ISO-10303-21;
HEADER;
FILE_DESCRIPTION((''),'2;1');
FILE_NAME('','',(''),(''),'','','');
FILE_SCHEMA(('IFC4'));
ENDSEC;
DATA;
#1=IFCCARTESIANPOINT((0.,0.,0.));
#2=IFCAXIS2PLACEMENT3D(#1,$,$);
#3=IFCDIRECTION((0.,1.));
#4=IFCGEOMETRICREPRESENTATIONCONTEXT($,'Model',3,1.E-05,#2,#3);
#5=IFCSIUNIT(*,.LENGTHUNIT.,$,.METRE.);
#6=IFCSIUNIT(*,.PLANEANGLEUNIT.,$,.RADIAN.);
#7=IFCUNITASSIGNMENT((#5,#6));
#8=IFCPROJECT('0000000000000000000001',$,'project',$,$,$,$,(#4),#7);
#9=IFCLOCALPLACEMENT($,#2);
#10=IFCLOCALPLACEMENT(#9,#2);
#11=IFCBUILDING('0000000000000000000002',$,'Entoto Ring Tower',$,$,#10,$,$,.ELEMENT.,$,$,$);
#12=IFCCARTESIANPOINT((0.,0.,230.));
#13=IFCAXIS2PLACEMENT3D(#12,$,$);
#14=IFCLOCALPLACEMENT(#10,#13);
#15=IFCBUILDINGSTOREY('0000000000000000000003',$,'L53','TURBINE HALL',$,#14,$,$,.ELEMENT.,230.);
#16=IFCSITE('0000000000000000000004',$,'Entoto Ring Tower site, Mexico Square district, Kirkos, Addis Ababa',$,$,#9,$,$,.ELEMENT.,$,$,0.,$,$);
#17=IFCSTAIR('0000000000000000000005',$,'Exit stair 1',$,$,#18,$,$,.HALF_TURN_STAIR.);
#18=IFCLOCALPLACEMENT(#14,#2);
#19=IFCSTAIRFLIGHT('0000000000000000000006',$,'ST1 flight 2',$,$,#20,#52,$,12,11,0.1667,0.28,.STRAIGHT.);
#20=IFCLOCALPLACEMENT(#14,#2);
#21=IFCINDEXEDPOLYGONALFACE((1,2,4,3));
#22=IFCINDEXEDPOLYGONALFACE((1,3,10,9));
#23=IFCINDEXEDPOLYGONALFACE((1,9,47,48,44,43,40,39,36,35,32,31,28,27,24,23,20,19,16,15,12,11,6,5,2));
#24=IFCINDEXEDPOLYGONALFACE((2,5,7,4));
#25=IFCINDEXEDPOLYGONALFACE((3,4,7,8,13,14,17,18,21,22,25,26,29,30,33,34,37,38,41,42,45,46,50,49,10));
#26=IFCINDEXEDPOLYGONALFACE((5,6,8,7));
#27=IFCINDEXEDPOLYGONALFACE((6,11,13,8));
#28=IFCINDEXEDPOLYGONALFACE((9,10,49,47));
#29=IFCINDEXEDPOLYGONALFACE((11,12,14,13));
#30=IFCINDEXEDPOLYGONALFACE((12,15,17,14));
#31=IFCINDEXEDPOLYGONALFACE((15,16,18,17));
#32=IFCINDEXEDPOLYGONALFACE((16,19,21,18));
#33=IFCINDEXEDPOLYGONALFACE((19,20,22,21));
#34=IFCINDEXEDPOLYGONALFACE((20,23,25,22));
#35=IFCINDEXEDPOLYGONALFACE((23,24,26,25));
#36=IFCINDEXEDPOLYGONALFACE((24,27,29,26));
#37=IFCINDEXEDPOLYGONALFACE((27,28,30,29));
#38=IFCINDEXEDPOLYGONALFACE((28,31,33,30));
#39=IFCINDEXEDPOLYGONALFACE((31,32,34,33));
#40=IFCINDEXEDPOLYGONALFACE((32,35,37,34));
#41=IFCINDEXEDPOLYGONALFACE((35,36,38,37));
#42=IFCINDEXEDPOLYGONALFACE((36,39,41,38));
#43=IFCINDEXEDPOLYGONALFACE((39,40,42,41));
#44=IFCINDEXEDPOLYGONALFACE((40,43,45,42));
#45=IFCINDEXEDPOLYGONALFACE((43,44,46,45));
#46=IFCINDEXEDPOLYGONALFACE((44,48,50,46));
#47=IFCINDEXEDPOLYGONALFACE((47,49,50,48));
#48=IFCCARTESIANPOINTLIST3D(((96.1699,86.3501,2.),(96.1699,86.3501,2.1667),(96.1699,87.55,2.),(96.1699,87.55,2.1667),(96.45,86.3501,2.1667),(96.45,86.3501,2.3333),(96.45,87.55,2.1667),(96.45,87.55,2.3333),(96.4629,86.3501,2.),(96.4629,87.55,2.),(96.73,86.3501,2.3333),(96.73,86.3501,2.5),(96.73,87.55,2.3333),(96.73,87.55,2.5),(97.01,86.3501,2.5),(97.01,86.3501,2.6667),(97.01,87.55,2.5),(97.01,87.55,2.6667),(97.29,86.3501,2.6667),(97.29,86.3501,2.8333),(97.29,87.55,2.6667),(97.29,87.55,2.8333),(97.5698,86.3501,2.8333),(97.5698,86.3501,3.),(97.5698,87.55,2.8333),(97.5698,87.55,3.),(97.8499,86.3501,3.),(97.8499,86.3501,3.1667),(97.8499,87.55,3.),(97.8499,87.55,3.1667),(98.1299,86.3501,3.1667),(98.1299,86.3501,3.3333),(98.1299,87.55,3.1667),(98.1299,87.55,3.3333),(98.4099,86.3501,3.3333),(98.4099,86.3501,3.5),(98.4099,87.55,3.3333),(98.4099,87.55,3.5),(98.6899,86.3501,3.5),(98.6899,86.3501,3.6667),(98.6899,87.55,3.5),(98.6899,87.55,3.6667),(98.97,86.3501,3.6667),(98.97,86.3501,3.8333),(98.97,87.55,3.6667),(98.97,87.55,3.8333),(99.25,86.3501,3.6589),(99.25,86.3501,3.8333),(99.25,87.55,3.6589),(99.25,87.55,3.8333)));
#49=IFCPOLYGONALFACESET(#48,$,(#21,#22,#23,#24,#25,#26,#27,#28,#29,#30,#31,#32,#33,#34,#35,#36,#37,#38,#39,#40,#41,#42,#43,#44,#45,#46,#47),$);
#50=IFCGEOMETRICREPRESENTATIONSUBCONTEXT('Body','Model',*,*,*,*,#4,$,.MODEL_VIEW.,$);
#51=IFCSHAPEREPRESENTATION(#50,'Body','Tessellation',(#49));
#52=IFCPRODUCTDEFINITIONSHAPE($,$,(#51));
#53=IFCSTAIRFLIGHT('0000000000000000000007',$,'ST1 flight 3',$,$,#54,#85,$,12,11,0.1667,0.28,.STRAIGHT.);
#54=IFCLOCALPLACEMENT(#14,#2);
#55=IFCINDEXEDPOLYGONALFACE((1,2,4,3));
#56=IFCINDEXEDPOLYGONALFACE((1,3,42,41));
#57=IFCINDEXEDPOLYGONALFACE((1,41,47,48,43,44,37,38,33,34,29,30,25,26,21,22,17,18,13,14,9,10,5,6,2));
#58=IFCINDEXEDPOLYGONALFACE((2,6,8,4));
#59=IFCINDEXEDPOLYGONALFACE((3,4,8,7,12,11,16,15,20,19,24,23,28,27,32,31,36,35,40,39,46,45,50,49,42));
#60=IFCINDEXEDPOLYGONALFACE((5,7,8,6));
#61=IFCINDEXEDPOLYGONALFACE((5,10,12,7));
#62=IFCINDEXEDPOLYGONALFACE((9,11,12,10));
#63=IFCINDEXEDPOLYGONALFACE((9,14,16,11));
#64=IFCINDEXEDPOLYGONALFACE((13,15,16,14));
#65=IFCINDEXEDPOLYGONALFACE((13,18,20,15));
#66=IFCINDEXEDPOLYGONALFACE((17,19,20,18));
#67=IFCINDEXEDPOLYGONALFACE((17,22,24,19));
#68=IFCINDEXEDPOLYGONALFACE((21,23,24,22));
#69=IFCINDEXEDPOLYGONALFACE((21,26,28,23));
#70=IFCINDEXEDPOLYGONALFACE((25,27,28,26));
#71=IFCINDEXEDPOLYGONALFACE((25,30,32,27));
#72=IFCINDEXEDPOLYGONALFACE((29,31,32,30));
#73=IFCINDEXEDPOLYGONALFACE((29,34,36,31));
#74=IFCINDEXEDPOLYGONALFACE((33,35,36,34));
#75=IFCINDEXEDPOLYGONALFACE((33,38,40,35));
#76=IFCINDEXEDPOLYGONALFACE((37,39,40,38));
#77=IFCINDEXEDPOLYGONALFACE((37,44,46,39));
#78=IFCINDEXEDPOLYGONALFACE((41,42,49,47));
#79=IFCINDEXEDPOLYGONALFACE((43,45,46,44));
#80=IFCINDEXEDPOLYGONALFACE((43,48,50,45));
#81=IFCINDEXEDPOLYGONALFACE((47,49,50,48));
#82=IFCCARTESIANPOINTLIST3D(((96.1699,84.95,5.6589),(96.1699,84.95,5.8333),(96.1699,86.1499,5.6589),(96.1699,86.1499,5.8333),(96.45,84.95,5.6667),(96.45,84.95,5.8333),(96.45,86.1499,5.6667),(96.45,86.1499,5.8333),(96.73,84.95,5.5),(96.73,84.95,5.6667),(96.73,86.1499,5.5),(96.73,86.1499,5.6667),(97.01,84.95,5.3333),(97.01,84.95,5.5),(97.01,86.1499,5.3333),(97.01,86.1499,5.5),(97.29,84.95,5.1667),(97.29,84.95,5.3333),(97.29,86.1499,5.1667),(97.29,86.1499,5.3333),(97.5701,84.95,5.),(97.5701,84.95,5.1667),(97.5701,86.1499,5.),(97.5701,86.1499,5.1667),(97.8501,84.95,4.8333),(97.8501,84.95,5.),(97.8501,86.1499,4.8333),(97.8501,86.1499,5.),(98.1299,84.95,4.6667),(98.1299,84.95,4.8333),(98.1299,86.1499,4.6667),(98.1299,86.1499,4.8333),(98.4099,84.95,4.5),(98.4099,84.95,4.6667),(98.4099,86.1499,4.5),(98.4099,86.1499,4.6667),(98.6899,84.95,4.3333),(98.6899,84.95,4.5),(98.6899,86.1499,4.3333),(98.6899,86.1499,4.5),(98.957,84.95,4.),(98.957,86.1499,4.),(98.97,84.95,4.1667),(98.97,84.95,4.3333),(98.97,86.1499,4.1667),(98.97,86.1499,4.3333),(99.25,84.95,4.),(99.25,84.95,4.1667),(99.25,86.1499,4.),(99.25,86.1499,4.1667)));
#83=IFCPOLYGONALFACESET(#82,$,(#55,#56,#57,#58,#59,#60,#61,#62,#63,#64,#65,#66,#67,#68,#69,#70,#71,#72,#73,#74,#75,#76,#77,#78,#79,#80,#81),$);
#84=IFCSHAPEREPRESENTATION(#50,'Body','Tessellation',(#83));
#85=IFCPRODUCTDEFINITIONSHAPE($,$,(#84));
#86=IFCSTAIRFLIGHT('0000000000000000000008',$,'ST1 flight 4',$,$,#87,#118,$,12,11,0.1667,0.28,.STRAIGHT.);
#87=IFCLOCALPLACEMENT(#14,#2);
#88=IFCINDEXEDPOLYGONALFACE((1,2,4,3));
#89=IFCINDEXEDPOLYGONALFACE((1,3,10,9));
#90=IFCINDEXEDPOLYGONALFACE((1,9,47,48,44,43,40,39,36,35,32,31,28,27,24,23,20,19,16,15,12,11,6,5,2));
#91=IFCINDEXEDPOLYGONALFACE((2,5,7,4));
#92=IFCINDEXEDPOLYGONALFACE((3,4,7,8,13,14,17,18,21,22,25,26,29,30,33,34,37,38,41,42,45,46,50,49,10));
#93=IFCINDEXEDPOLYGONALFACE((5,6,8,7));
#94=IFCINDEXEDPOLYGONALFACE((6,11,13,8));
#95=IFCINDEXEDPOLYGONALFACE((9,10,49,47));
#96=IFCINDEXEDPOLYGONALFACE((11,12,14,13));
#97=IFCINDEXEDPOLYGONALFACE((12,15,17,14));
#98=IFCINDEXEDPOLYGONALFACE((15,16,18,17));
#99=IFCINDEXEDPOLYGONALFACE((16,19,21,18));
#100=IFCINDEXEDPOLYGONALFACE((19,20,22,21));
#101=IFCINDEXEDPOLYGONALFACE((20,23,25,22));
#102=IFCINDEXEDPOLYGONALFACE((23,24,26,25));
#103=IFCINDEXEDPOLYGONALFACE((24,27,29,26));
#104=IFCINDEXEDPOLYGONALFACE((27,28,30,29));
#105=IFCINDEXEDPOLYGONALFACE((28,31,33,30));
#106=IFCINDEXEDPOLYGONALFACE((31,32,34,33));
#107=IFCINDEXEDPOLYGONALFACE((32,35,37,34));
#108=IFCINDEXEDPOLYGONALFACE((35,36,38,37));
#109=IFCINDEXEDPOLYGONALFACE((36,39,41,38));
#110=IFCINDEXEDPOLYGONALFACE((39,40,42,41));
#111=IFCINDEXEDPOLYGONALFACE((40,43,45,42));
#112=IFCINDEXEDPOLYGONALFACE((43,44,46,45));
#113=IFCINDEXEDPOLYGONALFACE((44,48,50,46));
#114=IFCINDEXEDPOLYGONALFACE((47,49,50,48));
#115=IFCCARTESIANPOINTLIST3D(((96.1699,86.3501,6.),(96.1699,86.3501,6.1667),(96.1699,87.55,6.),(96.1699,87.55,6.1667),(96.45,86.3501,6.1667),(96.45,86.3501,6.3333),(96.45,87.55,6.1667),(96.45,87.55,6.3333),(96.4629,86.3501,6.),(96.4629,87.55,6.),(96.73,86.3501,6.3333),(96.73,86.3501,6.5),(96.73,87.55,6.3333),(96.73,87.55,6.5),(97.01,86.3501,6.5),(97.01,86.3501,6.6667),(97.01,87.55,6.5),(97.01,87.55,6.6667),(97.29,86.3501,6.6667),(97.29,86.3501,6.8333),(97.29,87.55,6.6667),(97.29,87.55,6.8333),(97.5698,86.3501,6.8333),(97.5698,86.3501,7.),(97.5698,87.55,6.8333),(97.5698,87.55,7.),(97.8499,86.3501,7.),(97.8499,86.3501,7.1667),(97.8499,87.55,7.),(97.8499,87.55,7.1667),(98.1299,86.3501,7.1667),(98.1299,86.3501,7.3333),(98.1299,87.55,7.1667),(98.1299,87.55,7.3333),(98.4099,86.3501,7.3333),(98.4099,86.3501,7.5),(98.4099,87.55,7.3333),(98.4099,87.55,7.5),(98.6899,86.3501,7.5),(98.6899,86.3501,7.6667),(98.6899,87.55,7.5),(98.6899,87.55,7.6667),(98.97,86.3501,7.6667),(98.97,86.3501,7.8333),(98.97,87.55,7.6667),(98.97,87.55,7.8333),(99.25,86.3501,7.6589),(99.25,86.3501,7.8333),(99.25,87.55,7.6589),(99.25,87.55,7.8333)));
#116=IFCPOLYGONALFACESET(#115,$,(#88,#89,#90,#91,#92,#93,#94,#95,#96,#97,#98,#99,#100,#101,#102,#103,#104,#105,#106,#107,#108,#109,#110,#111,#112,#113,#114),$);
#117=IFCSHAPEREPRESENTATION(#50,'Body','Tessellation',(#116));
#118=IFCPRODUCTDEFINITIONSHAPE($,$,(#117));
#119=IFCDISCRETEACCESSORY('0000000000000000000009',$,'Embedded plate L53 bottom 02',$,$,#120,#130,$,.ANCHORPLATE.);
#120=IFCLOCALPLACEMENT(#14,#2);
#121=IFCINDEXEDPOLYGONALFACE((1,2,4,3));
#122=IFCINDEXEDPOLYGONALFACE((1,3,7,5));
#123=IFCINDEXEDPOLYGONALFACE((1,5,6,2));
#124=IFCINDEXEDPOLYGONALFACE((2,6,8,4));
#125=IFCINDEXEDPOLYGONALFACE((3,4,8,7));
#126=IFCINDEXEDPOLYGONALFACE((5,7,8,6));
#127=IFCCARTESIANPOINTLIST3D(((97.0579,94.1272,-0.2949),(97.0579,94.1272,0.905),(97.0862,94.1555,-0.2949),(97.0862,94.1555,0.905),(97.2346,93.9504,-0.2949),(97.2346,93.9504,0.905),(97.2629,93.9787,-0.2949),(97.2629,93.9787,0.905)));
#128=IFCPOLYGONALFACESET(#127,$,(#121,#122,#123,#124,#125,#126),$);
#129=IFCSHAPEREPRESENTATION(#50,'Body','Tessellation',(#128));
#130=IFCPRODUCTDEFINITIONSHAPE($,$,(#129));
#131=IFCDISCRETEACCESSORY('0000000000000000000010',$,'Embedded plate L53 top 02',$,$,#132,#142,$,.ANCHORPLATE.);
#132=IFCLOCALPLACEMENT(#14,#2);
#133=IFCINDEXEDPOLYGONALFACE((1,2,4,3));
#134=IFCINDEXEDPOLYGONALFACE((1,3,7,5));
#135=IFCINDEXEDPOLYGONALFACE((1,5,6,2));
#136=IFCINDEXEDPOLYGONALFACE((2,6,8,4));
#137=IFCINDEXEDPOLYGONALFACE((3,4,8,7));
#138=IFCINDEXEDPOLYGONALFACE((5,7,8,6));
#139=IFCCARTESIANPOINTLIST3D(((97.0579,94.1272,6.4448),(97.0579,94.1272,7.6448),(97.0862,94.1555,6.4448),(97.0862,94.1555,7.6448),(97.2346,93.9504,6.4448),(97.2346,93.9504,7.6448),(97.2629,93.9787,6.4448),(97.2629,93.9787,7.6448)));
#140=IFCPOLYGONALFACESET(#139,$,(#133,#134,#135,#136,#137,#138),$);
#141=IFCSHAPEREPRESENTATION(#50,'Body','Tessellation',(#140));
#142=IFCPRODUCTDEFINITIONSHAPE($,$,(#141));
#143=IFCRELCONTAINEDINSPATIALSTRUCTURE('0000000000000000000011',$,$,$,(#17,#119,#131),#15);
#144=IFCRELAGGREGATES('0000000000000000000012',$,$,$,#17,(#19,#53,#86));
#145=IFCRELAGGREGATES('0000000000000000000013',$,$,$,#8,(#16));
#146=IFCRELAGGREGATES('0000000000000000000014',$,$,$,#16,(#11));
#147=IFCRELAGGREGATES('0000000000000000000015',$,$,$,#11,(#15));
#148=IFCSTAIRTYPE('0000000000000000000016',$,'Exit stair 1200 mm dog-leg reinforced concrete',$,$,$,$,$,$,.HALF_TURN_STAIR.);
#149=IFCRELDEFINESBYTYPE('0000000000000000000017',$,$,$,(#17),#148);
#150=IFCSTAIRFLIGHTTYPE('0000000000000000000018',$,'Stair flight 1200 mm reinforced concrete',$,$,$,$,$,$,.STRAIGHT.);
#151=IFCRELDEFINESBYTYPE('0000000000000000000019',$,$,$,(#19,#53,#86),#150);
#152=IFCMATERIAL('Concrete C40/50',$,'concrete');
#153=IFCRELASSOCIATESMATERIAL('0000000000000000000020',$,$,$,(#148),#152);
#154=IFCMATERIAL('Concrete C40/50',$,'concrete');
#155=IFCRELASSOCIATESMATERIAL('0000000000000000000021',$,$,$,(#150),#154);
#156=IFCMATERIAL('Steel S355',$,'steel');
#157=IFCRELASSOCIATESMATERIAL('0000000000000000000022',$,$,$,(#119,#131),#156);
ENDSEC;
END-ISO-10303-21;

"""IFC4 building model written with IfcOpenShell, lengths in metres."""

from ifc_helpers import new_model, si_unit, direction, frame, origin, origin_2d, place, context, subcontext, project, spatial, polyline, rectangle, outline, extrude, material, type_object, element, aggregate, save


model = new_model("IFC4")

# Units and contexts
model_context = context("Model", 3, precision=1e-05, world=origin(), true_north=direction((0.0, 1.0)))
body_context = subcontext(model_context, "Body", "Model", "MODEL_VIEW")
ifc_project = project(units=[si_unit("LENGTHUNIT", "METRE"), si_unit("PLANEANGLEUNIT", "RADIAN")], contexts=[model_context])

# Site, building, storey
site_placement = place(None, origin())
site = spatial("IfcSite", under=ifc_project, at=site_placement, Name="Entoto Ring Tower site, Mexico Square district, Kirkos, Addis Ababa", CompositionType="ELEMENT", RefElevation=0.0)
building_placement = place(site_placement, origin())
building = spatial("IfcBuilding", under=site, at=building_placement, Name="Entoto Ring Tower", CompositionType="ELEMENT")
storey_placement = place(building_placement, frame((0.0, 0.0, 230.0)))
storey = spatial("IfcBuildingStorey", under=building, at=storey_placement, Name="L53", Description="TURBINE HALL", CompositionType="ELEMENT", Elevation=230.0)

# Stair, stair flights
ifc_material_1 = material(Name="Concrete C40/50", Category="concrete")
stair_type = type_object("IfcStairType", Name="Exit stair 1200 mm dog-leg reinforced concrete", PredefinedType="HALF_TURN_STAIR", material=ifc_material_1)
stair_placement = place(storey_placement, origin())
stair = element("IfcStair", 1, at=stair_placement, inside=storey, type_object=stair_type, Name="Exit stair 1", PredefinedType="HALF_TURN_STAIR")
ifc_material_2 = material(Name="Concrete C40/50", Category="concrete")
stair_flight_type = type_object("IfcStairFlightType", Name="Stair flight 1200 mm reinforced concrete", PredefinedType="STRAIGHT", material=ifc_material_2)
stair_flight_1_placement = place(storey_placement, frame((96.1699, 86.95, 2.0), z_axis=(0.0, 0.0, 1.0), x_axis=(1.0, 0.0, 0.0)))
stair_flight_1 = element("IfcStairFlight", 2, at=stair_flight_1_placement, type_object=stair_flight_type, Name="ST1 flight 2", NumberOfRisers=12, NumberOfTreads=11, PredefinedType="STRAIGHT", RiserHeight=0.1667, TreadLength=0.28, context=body_context, shape_type="SweptSolid", body=[
    extrude(outline(polyline([(0.0, 0.0), (0.0, 0.1667), (0.28, 0.1667), (0.28, 0.3333), (0.5601, 0.3333), (0.5601, 0.5), (0.8401, 0.5), (0.8401, 0.6667), (1.1201, 0.6667), (1.1201, 0.8333), (1.3999, 0.8333), (1.3999, 1.0), (1.6799, 1.0), (1.6799, 1.1667), (1.96, 1.1667), (1.96, 1.3333), (2.24, 1.3333), (2.24, 1.5), (2.52, 1.5), (2.52, 1.6667), (2.8, 1.6667), (2.8, 1.8333), (3.0801, 1.8333), (3.0801, 2.0), (3.0801, 1.6589), (0.293, 0.0), (0.0, 0.0)])), frame((0.0, 0.6001, 0.0), z_axis=(0.0, -1.0, 0.0), x_axis=(1.0, 0.0, 0.0)), (0.0, 0.0, 1.0), 1.2),
])
stair_flight_2_placement = place(storey_placement, frame((99.25, 85.55, 4.0), z_axis=(0.0, 0.0, 1.0), x_axis=(-1.0, 0.0, 0.0)))
stair_flight_2 = element("IfcStairFlight", 3, at=stair_flight_2_placement, type_object=stair_flight_type, Name="ST1 flight 3", NumberOfRisers=12, NumberOfTreads=11, PredefinedType="STRAIGHT", RiserHeight=0.1667, TreadLength=0.28, context=body_context, shape_type="SweptSolid", body=[
    extrude(outline(polyline([(0.0, 0.0), (0.0, 0.1667), (0.28, 0.1667), (0.28, 0.3333), (0.5601, 0.3333), (0.5601, 0.5), (0.8401, 0.5), (0.8401, 0.6667), (1.1201, 0.6667), (1.1201, 0.8333), (1.3999, 0.8333), (1.3999, 1.0), (1.6799, 1.0), (1.6799, 1.1667), (1.96, 1.1667), (1.96, 1.3333), (2.24, 1.3333), (2.24, 1.5), (2.52, 1.5), (2.52, 1.6667), (2.8, 1.6667), (2.8, 1.8333), (3.0801, 1.8333), (3.0801, 2.0), (3.0801, 1.6589), (0.293, 0.0), (0.0, 0.0)])), frame((0.0, 0.6001, 0.0), z_axis=(0.0, -1.0, 0.0), x_axis=(1.0, 0.0, 0.0)), (0.0, 0.0, 1.0), 1.2),
])
stair_flight_3_placement = place(storey_placement, frame((96.1699, 86.95, 6.0), z_axis=(0.0, 0.0, 1.0), x_axis=(1.0, 0.0, 0.0)))
stair_flight_3 = element("IfcStairFlight", 4, at=stair_flight_3_placement, type_object=stair_flight_type, Name="ST1 flight 4", NumberOfRisers=12, NumberOfTreads=11, PredefinedType="STRAIGHT", RiserHeight=0.1667, TreadLength=0.28, context=body_context, shape_type="SweptSolid", body=[
    extrude(outline(polyline([(0.0, 0.0), (0.0, 0.1667), (0.28, 0.1667), (0.28, 0.3333), (0.5601, 0.3333), (0.5601, 0.5), (0.8401, 0.5), (0.8401, 0.6667), (1.1201, 0.6667), (1.1201, 0.8333), (1.3999, 0.8333), (1.3999, 1.0), (1.6799, 1.0), (1.6799, 1.1667), (1.96, 1.1667), (1.96, 1.3333), (2.24, 1.3333), (2.24, 1.5), (2.52, 1.5), (2.52, 1.6667), (2.8, 1.6667), (2.8, 1.8333), (3.0801, 1.8333), (3.0801, 2.0), (3.0801, 1.6589), (0.293, 0.0), (0.0, 0.0)])), frame((0.0, 0.6001, 0.0), z_axis=(0.0, -1.0, 0.0), x_axis=(1.0, 0.0, 0.0)), (0.0, 0.0, 1.0), 1.2),
])
aggregate(stair, [stair_flight_1, stair_flight_2, stair_flight_3])

# Discrete accessories
ifc_material_3 = material(Name="Steel S355", Category="steel")
for number, where, z_axis, x_axis, name in (
    (5, (97.1604, 94.053, -0.2949), (0.0, 0.0, 1.0), (0.707107, 0.707107, 0.0), "Embedded plate L53 bottom 02"),
    (6, (97.1604, 94.053, 6.4448), (0.0, 0.0, 1.0), (0.707107, 0.707107, 0.0), "Embedded plate L53 top 02"),
):
    element("IfcDiscreteAccessory", number, at=place(storey_placement, frame(where, z_axis=z_axis, x_axis=x_axis)), inside=storey, material=ifc_material_3, Name=name, PredefinedType="ANCHORPLATE", context=body_context, shape_type="SweptSolid", body=[
        extrude(rectangle(XDim=0.04, YDim=0.25, at=origin_2d()), origin(), (0.0, 0.0, 1.0), 1.2),
    ])

save(model, "model.ifc")
